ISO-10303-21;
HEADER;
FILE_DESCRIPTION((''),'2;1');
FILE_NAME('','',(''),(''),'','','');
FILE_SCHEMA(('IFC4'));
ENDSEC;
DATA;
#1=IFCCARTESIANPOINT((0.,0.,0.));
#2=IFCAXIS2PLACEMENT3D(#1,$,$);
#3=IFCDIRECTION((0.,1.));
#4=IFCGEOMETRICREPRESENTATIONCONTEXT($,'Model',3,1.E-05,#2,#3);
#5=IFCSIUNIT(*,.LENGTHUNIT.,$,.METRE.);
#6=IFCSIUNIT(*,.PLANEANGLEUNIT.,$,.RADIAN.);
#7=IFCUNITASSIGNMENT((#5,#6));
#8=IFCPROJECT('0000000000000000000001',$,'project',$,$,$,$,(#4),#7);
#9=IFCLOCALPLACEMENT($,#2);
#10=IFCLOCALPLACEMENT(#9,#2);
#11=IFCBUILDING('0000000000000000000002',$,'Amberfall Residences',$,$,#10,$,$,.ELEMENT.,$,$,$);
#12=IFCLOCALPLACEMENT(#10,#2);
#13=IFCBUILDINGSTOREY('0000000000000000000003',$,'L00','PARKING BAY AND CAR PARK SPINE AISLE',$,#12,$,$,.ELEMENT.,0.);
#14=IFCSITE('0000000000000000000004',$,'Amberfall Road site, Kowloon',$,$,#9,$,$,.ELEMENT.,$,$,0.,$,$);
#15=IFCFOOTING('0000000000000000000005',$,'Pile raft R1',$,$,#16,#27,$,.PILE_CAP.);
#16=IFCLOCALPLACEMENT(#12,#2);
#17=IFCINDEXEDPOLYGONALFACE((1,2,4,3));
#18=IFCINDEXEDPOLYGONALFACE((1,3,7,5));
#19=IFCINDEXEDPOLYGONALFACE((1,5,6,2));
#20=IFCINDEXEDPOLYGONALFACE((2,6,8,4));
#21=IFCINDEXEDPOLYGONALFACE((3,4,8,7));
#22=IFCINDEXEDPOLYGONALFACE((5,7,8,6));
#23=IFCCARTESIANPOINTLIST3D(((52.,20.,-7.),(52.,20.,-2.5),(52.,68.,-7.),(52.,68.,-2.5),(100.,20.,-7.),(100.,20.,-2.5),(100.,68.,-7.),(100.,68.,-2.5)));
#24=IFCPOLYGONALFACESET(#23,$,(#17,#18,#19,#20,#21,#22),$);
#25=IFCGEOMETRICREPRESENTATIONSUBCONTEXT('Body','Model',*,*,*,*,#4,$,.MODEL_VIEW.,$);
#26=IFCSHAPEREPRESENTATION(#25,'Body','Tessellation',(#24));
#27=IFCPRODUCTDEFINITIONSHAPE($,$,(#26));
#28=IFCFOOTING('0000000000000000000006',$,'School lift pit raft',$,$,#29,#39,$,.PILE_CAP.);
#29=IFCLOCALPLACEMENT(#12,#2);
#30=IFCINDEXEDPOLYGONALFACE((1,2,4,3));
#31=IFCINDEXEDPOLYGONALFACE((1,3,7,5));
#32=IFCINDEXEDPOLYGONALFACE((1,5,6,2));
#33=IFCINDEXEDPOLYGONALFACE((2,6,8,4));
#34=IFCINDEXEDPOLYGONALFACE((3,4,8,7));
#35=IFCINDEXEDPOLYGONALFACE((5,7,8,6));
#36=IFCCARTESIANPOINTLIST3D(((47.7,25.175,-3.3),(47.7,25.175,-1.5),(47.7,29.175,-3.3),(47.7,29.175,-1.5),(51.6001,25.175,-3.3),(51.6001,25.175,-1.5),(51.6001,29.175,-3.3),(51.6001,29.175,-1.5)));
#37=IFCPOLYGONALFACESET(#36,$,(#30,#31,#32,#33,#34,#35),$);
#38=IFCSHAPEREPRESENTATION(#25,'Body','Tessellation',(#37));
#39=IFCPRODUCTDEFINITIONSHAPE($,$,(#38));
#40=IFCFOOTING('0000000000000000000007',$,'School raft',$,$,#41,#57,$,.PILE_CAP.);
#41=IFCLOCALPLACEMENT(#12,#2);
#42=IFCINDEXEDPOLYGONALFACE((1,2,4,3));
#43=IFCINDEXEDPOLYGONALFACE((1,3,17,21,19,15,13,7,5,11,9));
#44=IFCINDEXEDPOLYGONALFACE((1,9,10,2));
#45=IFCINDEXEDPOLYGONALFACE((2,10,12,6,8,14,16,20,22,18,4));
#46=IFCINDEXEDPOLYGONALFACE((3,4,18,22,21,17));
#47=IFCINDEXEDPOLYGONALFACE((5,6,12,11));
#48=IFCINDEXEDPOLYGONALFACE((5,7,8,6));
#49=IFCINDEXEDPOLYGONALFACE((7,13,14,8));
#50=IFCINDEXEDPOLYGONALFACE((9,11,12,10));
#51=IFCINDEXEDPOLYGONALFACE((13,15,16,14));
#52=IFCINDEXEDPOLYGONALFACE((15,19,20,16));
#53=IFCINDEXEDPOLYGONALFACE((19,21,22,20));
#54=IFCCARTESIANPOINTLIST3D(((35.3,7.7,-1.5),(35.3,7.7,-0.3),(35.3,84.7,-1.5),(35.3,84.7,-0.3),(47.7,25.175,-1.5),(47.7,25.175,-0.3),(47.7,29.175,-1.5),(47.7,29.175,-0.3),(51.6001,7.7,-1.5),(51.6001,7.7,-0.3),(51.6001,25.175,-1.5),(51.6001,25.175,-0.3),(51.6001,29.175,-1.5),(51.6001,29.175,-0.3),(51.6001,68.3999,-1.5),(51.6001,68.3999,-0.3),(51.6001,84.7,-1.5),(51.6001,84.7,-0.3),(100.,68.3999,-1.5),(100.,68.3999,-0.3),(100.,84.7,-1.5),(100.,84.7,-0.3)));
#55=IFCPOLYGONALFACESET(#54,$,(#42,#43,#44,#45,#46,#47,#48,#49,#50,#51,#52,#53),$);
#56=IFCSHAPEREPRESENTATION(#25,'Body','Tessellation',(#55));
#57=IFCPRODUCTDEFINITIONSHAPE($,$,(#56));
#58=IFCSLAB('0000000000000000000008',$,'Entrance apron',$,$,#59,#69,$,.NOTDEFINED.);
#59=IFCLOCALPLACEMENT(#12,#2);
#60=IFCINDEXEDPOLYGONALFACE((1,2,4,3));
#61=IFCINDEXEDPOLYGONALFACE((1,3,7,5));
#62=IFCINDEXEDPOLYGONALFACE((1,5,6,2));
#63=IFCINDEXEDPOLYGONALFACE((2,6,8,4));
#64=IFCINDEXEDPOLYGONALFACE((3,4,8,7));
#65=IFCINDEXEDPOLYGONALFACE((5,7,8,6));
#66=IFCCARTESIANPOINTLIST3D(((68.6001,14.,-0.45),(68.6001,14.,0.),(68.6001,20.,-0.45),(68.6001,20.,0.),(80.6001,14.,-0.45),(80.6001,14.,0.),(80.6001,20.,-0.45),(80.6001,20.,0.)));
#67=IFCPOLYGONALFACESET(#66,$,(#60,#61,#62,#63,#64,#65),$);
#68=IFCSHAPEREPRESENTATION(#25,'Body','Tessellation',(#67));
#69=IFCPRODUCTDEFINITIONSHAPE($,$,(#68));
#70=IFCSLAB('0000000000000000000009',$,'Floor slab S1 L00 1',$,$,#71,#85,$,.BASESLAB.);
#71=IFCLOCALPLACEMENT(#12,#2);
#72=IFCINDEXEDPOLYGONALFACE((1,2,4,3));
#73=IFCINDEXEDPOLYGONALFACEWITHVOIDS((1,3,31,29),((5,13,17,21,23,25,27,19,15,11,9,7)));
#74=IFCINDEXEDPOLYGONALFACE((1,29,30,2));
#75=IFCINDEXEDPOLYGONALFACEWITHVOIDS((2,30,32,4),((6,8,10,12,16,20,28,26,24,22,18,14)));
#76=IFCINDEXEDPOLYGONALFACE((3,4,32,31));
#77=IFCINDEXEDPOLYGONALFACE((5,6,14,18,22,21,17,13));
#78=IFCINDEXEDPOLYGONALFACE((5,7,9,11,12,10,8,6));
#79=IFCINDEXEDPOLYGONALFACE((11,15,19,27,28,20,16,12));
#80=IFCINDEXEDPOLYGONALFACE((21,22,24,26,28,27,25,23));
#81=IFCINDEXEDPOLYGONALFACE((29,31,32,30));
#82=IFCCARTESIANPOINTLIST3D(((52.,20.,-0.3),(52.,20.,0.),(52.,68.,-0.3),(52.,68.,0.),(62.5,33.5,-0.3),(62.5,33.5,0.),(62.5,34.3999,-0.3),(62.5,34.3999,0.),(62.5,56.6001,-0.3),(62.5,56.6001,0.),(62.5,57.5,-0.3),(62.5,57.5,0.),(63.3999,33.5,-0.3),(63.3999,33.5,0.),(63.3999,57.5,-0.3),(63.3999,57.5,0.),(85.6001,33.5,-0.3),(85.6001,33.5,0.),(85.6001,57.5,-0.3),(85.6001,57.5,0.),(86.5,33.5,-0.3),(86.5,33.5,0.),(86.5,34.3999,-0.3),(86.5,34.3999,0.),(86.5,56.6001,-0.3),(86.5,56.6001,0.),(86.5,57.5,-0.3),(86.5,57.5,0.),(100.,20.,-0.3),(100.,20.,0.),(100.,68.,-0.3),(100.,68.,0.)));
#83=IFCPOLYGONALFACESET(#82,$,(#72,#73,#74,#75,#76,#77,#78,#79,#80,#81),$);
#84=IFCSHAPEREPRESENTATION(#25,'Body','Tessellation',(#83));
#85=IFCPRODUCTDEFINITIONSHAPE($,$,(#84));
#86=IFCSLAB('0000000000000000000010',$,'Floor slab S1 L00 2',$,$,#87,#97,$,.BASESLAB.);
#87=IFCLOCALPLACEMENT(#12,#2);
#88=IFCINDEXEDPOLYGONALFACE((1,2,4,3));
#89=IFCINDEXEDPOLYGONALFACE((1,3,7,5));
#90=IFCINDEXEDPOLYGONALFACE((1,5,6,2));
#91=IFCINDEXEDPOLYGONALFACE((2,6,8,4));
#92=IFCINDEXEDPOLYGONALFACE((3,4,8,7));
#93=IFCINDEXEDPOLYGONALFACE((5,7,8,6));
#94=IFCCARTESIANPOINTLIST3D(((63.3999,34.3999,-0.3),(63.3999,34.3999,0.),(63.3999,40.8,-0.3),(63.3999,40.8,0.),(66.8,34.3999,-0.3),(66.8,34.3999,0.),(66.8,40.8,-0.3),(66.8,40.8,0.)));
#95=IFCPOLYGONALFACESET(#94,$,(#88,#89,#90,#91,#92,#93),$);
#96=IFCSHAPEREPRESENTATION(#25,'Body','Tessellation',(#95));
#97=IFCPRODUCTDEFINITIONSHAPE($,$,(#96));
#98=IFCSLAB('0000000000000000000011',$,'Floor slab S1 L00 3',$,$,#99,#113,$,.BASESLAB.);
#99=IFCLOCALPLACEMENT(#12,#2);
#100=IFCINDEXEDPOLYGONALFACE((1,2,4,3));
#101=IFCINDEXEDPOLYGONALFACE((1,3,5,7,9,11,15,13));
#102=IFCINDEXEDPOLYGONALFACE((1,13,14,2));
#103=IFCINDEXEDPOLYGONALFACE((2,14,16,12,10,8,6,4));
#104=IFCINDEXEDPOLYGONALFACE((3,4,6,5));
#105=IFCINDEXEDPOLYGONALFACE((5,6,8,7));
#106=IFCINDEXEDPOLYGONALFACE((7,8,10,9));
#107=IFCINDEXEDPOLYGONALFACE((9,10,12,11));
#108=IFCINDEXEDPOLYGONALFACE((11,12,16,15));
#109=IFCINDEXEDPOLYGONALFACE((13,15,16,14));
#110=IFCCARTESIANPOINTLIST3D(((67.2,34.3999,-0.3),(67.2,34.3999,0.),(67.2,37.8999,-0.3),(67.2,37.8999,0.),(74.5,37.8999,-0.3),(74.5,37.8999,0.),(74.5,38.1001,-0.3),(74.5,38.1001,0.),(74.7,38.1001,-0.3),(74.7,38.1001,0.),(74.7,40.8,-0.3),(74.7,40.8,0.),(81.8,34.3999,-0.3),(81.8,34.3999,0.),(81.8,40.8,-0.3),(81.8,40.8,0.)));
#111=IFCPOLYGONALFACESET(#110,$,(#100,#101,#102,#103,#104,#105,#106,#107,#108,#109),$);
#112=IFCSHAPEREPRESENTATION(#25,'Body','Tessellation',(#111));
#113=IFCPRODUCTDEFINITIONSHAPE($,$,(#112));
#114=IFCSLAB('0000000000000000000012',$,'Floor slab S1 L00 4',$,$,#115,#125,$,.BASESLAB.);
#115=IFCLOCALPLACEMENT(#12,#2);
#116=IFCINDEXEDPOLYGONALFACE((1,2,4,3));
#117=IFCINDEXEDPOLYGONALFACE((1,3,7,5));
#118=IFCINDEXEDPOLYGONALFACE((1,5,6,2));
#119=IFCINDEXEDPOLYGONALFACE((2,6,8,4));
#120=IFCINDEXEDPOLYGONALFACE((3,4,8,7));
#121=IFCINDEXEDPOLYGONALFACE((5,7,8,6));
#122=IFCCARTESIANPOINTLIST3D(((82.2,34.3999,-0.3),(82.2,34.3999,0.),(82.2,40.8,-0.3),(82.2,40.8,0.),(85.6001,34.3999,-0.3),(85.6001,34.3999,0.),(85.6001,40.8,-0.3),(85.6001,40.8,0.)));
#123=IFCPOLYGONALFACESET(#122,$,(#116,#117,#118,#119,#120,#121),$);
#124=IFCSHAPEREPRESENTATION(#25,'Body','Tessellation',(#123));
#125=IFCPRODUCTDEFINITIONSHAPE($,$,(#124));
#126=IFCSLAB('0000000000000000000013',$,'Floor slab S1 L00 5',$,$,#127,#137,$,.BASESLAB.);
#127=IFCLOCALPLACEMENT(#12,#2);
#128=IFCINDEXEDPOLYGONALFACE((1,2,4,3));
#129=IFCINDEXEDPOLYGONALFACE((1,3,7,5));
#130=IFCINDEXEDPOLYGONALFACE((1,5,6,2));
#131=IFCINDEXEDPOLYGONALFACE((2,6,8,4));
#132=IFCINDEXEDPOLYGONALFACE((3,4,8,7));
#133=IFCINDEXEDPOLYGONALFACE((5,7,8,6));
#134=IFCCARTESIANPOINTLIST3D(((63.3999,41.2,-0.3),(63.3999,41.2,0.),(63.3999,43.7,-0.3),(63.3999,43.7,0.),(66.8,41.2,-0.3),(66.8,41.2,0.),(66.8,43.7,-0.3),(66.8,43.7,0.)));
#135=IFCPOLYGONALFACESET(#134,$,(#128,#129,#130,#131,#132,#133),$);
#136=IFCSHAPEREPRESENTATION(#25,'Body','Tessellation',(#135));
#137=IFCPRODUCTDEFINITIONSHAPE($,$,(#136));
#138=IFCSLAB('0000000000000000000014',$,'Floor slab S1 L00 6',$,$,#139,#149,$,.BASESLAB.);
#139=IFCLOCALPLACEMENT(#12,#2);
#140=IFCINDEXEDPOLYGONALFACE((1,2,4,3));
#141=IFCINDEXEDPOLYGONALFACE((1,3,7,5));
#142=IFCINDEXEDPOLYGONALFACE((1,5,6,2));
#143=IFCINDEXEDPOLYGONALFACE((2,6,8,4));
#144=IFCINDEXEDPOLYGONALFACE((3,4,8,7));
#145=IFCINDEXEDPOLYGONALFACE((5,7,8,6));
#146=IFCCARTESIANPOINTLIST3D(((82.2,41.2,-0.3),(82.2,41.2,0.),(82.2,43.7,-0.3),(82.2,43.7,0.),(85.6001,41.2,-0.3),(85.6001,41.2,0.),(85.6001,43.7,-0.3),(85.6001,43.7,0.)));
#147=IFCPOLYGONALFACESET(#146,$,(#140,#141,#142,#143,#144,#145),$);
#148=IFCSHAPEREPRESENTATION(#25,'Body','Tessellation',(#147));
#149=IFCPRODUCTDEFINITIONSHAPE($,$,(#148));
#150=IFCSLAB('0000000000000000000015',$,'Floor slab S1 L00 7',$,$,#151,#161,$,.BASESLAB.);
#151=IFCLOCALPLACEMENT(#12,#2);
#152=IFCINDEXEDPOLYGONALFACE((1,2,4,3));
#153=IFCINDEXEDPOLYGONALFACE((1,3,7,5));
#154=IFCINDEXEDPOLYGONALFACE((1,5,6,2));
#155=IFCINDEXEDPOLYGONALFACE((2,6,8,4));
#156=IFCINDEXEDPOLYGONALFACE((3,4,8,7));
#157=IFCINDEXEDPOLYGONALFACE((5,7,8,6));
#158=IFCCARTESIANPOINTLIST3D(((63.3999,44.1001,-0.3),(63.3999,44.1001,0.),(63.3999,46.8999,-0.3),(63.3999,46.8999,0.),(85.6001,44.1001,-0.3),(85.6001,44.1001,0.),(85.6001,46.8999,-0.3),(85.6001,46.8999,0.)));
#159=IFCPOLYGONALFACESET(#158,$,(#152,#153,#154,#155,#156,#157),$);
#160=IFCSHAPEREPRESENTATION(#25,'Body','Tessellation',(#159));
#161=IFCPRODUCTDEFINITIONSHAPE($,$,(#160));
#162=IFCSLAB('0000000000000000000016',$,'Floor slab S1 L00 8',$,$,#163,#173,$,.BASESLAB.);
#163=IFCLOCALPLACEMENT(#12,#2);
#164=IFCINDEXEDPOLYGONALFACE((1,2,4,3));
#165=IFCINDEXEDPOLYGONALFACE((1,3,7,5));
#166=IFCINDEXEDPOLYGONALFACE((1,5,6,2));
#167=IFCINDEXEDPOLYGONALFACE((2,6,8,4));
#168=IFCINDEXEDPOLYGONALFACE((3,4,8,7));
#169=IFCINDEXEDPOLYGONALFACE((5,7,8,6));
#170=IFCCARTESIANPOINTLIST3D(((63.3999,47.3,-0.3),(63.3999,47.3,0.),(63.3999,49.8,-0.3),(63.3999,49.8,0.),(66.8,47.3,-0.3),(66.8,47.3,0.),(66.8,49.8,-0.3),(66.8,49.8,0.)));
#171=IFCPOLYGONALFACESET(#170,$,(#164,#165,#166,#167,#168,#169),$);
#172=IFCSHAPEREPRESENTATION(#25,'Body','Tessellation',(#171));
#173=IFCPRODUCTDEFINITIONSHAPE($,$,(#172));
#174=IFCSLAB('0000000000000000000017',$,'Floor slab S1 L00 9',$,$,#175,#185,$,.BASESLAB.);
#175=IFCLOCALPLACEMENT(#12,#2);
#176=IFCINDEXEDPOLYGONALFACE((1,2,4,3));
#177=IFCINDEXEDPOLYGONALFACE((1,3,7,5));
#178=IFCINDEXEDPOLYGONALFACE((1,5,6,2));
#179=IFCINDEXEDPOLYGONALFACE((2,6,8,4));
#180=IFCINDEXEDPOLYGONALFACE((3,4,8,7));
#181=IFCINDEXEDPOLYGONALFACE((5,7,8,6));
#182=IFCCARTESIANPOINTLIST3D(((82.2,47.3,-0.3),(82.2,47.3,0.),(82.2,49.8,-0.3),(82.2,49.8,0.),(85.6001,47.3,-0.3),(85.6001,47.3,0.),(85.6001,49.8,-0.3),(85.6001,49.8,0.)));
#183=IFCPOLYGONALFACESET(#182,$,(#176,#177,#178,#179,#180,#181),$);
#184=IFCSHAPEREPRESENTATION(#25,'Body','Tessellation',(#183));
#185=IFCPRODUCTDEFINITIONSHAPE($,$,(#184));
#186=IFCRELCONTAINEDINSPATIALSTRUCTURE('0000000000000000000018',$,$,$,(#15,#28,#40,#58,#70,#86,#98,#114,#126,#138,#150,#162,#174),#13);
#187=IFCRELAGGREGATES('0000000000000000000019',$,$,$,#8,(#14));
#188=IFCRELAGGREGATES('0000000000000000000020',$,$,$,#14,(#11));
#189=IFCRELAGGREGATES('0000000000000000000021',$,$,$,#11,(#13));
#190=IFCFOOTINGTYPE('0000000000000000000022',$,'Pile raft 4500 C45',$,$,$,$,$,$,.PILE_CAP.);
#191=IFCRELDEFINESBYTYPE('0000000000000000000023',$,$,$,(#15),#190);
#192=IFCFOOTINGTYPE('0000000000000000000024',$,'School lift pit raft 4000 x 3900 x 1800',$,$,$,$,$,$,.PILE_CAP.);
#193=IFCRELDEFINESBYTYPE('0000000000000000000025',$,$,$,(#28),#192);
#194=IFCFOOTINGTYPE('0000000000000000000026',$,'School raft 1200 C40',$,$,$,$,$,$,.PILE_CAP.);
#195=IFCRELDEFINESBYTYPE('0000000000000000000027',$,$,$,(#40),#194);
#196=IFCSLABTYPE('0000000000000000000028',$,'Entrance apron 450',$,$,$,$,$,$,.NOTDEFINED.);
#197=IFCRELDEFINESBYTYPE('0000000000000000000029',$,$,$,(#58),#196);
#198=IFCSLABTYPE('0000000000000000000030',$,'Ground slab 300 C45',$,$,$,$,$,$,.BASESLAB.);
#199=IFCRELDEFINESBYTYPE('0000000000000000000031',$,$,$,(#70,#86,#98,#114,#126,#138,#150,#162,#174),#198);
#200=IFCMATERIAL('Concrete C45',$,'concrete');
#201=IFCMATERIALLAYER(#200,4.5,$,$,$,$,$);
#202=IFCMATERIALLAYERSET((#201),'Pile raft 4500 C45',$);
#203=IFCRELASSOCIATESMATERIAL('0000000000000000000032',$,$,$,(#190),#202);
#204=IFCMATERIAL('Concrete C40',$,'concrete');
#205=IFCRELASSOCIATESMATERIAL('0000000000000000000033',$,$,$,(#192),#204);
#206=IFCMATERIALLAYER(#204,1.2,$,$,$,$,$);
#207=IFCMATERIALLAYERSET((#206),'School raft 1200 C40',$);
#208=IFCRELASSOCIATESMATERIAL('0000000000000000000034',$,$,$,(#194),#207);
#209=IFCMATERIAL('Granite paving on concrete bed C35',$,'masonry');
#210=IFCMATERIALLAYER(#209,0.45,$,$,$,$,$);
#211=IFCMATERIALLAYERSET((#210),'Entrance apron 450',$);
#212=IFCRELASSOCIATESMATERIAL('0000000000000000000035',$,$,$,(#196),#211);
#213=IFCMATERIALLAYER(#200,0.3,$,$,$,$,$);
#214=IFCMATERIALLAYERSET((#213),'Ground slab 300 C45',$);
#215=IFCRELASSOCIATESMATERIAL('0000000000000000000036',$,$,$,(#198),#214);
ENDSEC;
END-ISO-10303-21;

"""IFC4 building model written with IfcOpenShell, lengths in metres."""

from ifc_helpers import new_model, si_unit, direction, frame, origin, place, context, subcontext, project, spatial, polyline, outline, extrude, material, layer, layer_set, type_object, element, save


model = new_model("IFC4")

# Units and contexts
model_context = context("Model", 3, precision=1e-05, world=origin(), true_north=direction((0.0, 1.0)))
body_context = subcontext(model_context, "Body", "Model", "MODEL_VIEW")
ifc_project = project(units=[si_unit("LENGTHUNIT", "METRE"), si_unit("PLANEANGLEUNIT", "RADIAN")], contexts=[model_context])

# Site, building, storey
site_placement = place(None, origin())
site = spatial("IfcSite", under=ifc_project, at=site_placement, Name="Amberfall Road site, Kowloon", CompositionType="ELEMENT", RefElevation=0.0)
building_placement = place(site_placement, origin())
building = spatial("IfcBuilding", under=site, at=building_placement, Name="Amberfall Residences", CompositionType="ELEMENT")
storey_placement = place(building_placement, origin())
storey = spatial("IfcBuildingStorey", under=building, at=storey_placement, Name="L00", Description="PARKING BAY AND CAR PARK SPINE AISLE", CompositionType="ELEMENT", Elevation=0.0)

# Footings
ifc_material_1 = material(Name="Concrete C45", Category="concrete")
ifc_layer_1 = layer(ifc_material_1, 4.5)
ifc_layer_set_1 = layer_set([ifc_layer_1], Name="Pile raft 4500 C45")
footing_type_1 = type_object("IfcFootingType", Name="Pile raft 4500 C45", PredefinedType="PILE_CAP", material=ifc_layer_set_1)
footing_1_placement = place(storey_placement, frame((0.0, 0.0, -7.0)))
element("IfcFooting", 1, at=footing_1_placement, inside=storey, type_object=footing_type_1, Name="Pile raft R1", PredefinedType="PILE_CAP", context=body_context, shape_type="SweptSolid", body=[
    extrude(outline(polyline([(52.0, 20.0), (100.0, 20.0), (100.0, 68.0), (52.0, 68.0), (52.0, 20.0)])), origin(), (0.0, 0.0, 1.0), 4.5),
])
ifc_material_2 = material(Name="Concrete C40", Category="concrete")
footing_type_2 = type_object("IfcFootingType", Name="School lift pit raft 4000 x 3900 x 1800", PredefinedType="PILE_CAP", material=ifc_material_2)
footing_2_placement = place(storey_placement, frame((0.0, 0.0, -3.3)))
element("IfcFooting", 2, at=footing_2_placement, inside=storey, type_object=footing_type_2, Name="School lift pit raft", PredefinedType="PILE_CAP", context=body_context, shape_type="SweptSolid", body=[
    extrude(outline(polyline([(47.7, 25.175), (51.6001, 25.175), (51.6001, 29.175), (47.7, 29.175), (47.7, 25.175)])), origin(), (0.0, 0.0, 1.0), 1.8),
])
ifc_layer_2 = layer(ifc_material_2, 1.2)
ifc_layer_set_2 = layer_set([ifc_layer_2], Name="School raft 1200 C40")
footing_type_3 = type_object("IfcFootingType", Name="School raft 1200 C40", PredefinedType="PILE_CAP", material=ifc_layer_set_2)
footing_3_placement = place(storey_placement, frame((0.0, 0.0, -1.5)))
element("IfcFooting", 3, at=footing_3_placement, inside=storey, type_object=footing_type_3, Name="School raft", PredefinedType="PILE_CAP", context=body_context, shape_type="SweptSolid", body=[
    extrude(outline(polyline([(35.3, 7.7), (51.6001, 7.7), (51.6001, 25.175), (47.7, 25.175), (47.7, 29.175), (51.6001, 29.175), (51.6001, 68.3999), (100.0, 68.3999), (100.0, 84.7), (51.6001, 84.7), (35.3, 84.7), (35.3, 7.7)])), origin(), (0.0, 0.0, 1.0), 1.2),
])

# Slabs
ifc_material_3 = material(Name="Granite paving on concrete bed C35", Category="masonry")
ifc_layer_3 = layer(ifc_material_3, 0.45)
ifc_layer_set_3 = layer_set([ifc_layer_3], Name="Entrance apron 450")
slab_type_1 = type_object("IfcSlabType", Name="Entrance apron 450", PredefinedType="NOTDEFINED", material=ifc_layer_set_3)
slab_1_placement = place(storey_placement, frame((0.0, 0.0, -0.45)))
element("IfcSlab", 4, at=slab_1_placement, inside=storey, type_object=slab_type_1, Name="Entrance apron", PredefinedType="NOTDEFINED", context=body_context, shape_type="SweptSolid", body=[
    extrude(outline(polyline([(68.6001, 14.0), (80.6001, 14.0), (80.6001, 20.0), (68.6001, 20.0), (68.6001, 14.0)])), origin(), (0.0, 0.0, 1.0), 0.45),
])
ifc_layer_4 = layer(ifc_material_1, 0.3)
ifc_layer_set_4 = layer_set([ifc_layer_4], Name="Ground slab 300 C45")
slab_type_2 = type_object("IfcSlabType", Name="Ground slab 300 C45", PredefinedType="BASESLAB", material=ifc_layer_set_4)
slab_2_placement = place(storey_placement, frame((0.0, 0.0, -0.3)))
element("IfcSlab", 5, at=slab_2_placement, inside=storey, type_object=slab_type_2, Name="Floor slab S1 L00 1", PredefinedType="BASESLAB", context=body_context, shape_type="SweptSolid", body=[
    extrude(outline(polyline([(100.0, 68.0), (100.0, 20.0), (52.0, 20.0), (52.0, 68.0), (100.0, 68.0)]), holes=[polyline([(62.5, 33.5), (63.3999, 33.5), (85.6001, 33.5), (86.5, 33.5), (86.5, 34.3999), (86.5, 56.6001), (86.5, 57.5), (85.6001, 57.5), (63.3999, 57.5), (62.5, 57.5), (62.5, 56.6001), (62.5, 34.3999), (62.5, 33.5)])]), origin(), (0.0, 0.0, 1.0), 0.3),
])
slab_3_placement = place(storey_placement, frame((0.0, 0.0, -0.3)))
element("IfcSlab", 6, at=slab_3_placement, inside=storey, type_object=slab_type_2, Name="Floor slab S1 L00 2", PredefinedType="BASESLAB", context=body_context, shape_type="SweptSolid", body=[
    extrude(outline(polyline([(66.8, 40.8), (66.8, 34.3999), (63.3999, 34.3999), (63.3999, 40.8), (66.8, 40.8)])), origin(), (0.0, 0.0, 1.0), 0.3),
])
slab_4_placement = place(storey_placement, frame((0.0, 0.0, -0.3)))
element("IfcSlab", 7, at=slab_4_placement, inside=storey, type_object=slab_type_2, Name="Floor slab S1 L00 3", PredefinedType="BASESLAB", context=body_context, shape_type="SweptSolid", body=[
    extrude(outline(polyline([(81.8, 40.8), (81.8, 34.3999), (67.2, 34.3999), (67.2, 37.8999), (74.5, 37.8999), (74.5, 38.1001), (74.7, 38.1001), (74.7, 40.8), (81.8, 40.8)])), origin(), (0.0, 0.0, 1.0), 0.3),
])
slab_5_placement = place(storey_placement, frame((0.0, 0.0, -0.3)))
element("IfcSlab", 8, at=slab_5_placement, inside=storey, type_object=slab_type_2, Name="Floor slab S1 L00 4", PredefinedType="BASESLAB", context=body_context, shape_type="SweptSolid", body=[
    extrude(outline(polyline([(82.2, 40.8), (85.6001, 40.8), (85.6001, 34.3999), (82.2, 34.3999), (82.2, 40.8)])), origin(), (0.0, 0.0, 1.0), 0.3),
])
slab_6_placement = place(storey_placement, frame((0.0, 0.0, -0.3)))
element("IfcSlab", 9, at=slab_6_placement, inside=storey, type_object=slab_type_2, Name="Floor slab S1 L00 5", PredefinedType="BASESLAB", context=body_context, shape_type="SweptSolid", body=[
    extrude(outline(polyline([(66.8, 43.7), (66.8, 41.2), (63.3999, 41.2), (63.3999, 43.7), (66.8, 43.7)])), origin(), (0.0, 0.0, 1.0), 0.3),
])
slab_7_placement = place(storey_placement, frame((0.0, 0.0, -0.3)))
element("IfcSlab", 10, at=slab_7_placement, inside=storey, type_object=slab_type_2, Name="Floor slab S1 L00 6", PredefinedType="BASESLAB", context=body_context, shape_type="SweptSolid", body=[
    extrude(outline(polyline([(82.2, 41.2), (82.2, 43.7), (85.6001, 43.7), (85.6001, 41.2), (82.2, 41.2)])), origin(), (0.0, 0.0, 1.0), 0.3),
])
slab_8_placement = place(storey_placement, frame((0.0, 0.0, -0.3)))
element("IfcSlab", 11, at=slab_8_placement, inside=storey, type_object=slab_type_2, Name="Floor slab S1 L00 7", PredefinedType="BASESLAB", context=body_context, shape_type="SweptSolid", body=[
    extrude(outline(polyline([(85.6001, 46.8999), (85.6001, 44.1001), (63.3999, 44.1001), (63.3999, 46.8999), (85.6001, 46.8999)])), origin(), (0.0, 0.0, 1.0), 0.3),
])
slab_9_placement = place(storey_placement, frame((0.0, 0.0, -0.3)))
element("IfcSlab", 12, at=slab_9_placement, inside=storey, type_object=slab_type_2, Name="Floor slab S1 L00 8", PredefinedType="BASESLAB", context=body_context, shape_type="SweptSolid", body=[
    extrude(outline(polyline([(66.8, 49.8), (66.8, 47.3), (63.3999, 47.3), (63.3999, 49.8), (66.8, 49.8)])), origin(), (0.0, 0.0, 1.0), 0.3),
])
slab_10_placement = place(storey_placement, frame((0.0, 0.0, -0.3)))
element("IfcSlab", 13, at=slab_10_placement, inside=storey, type_object=slab_type_2, Name="Floor slab S1 L00 9", PredefinedType="BASESLAB", context=body_context, shape_type="SweptSolid", body=[
    extrude(outline(polyline([(85.6001, 47.3), (82.2, 47.3), (82.2, 49.8), (85.6001, 49.8), (85.6001, 47.3)])), origin(), (0.0, 0.0, 1.0), 0.3),
])

save(model, "model.ifc")
